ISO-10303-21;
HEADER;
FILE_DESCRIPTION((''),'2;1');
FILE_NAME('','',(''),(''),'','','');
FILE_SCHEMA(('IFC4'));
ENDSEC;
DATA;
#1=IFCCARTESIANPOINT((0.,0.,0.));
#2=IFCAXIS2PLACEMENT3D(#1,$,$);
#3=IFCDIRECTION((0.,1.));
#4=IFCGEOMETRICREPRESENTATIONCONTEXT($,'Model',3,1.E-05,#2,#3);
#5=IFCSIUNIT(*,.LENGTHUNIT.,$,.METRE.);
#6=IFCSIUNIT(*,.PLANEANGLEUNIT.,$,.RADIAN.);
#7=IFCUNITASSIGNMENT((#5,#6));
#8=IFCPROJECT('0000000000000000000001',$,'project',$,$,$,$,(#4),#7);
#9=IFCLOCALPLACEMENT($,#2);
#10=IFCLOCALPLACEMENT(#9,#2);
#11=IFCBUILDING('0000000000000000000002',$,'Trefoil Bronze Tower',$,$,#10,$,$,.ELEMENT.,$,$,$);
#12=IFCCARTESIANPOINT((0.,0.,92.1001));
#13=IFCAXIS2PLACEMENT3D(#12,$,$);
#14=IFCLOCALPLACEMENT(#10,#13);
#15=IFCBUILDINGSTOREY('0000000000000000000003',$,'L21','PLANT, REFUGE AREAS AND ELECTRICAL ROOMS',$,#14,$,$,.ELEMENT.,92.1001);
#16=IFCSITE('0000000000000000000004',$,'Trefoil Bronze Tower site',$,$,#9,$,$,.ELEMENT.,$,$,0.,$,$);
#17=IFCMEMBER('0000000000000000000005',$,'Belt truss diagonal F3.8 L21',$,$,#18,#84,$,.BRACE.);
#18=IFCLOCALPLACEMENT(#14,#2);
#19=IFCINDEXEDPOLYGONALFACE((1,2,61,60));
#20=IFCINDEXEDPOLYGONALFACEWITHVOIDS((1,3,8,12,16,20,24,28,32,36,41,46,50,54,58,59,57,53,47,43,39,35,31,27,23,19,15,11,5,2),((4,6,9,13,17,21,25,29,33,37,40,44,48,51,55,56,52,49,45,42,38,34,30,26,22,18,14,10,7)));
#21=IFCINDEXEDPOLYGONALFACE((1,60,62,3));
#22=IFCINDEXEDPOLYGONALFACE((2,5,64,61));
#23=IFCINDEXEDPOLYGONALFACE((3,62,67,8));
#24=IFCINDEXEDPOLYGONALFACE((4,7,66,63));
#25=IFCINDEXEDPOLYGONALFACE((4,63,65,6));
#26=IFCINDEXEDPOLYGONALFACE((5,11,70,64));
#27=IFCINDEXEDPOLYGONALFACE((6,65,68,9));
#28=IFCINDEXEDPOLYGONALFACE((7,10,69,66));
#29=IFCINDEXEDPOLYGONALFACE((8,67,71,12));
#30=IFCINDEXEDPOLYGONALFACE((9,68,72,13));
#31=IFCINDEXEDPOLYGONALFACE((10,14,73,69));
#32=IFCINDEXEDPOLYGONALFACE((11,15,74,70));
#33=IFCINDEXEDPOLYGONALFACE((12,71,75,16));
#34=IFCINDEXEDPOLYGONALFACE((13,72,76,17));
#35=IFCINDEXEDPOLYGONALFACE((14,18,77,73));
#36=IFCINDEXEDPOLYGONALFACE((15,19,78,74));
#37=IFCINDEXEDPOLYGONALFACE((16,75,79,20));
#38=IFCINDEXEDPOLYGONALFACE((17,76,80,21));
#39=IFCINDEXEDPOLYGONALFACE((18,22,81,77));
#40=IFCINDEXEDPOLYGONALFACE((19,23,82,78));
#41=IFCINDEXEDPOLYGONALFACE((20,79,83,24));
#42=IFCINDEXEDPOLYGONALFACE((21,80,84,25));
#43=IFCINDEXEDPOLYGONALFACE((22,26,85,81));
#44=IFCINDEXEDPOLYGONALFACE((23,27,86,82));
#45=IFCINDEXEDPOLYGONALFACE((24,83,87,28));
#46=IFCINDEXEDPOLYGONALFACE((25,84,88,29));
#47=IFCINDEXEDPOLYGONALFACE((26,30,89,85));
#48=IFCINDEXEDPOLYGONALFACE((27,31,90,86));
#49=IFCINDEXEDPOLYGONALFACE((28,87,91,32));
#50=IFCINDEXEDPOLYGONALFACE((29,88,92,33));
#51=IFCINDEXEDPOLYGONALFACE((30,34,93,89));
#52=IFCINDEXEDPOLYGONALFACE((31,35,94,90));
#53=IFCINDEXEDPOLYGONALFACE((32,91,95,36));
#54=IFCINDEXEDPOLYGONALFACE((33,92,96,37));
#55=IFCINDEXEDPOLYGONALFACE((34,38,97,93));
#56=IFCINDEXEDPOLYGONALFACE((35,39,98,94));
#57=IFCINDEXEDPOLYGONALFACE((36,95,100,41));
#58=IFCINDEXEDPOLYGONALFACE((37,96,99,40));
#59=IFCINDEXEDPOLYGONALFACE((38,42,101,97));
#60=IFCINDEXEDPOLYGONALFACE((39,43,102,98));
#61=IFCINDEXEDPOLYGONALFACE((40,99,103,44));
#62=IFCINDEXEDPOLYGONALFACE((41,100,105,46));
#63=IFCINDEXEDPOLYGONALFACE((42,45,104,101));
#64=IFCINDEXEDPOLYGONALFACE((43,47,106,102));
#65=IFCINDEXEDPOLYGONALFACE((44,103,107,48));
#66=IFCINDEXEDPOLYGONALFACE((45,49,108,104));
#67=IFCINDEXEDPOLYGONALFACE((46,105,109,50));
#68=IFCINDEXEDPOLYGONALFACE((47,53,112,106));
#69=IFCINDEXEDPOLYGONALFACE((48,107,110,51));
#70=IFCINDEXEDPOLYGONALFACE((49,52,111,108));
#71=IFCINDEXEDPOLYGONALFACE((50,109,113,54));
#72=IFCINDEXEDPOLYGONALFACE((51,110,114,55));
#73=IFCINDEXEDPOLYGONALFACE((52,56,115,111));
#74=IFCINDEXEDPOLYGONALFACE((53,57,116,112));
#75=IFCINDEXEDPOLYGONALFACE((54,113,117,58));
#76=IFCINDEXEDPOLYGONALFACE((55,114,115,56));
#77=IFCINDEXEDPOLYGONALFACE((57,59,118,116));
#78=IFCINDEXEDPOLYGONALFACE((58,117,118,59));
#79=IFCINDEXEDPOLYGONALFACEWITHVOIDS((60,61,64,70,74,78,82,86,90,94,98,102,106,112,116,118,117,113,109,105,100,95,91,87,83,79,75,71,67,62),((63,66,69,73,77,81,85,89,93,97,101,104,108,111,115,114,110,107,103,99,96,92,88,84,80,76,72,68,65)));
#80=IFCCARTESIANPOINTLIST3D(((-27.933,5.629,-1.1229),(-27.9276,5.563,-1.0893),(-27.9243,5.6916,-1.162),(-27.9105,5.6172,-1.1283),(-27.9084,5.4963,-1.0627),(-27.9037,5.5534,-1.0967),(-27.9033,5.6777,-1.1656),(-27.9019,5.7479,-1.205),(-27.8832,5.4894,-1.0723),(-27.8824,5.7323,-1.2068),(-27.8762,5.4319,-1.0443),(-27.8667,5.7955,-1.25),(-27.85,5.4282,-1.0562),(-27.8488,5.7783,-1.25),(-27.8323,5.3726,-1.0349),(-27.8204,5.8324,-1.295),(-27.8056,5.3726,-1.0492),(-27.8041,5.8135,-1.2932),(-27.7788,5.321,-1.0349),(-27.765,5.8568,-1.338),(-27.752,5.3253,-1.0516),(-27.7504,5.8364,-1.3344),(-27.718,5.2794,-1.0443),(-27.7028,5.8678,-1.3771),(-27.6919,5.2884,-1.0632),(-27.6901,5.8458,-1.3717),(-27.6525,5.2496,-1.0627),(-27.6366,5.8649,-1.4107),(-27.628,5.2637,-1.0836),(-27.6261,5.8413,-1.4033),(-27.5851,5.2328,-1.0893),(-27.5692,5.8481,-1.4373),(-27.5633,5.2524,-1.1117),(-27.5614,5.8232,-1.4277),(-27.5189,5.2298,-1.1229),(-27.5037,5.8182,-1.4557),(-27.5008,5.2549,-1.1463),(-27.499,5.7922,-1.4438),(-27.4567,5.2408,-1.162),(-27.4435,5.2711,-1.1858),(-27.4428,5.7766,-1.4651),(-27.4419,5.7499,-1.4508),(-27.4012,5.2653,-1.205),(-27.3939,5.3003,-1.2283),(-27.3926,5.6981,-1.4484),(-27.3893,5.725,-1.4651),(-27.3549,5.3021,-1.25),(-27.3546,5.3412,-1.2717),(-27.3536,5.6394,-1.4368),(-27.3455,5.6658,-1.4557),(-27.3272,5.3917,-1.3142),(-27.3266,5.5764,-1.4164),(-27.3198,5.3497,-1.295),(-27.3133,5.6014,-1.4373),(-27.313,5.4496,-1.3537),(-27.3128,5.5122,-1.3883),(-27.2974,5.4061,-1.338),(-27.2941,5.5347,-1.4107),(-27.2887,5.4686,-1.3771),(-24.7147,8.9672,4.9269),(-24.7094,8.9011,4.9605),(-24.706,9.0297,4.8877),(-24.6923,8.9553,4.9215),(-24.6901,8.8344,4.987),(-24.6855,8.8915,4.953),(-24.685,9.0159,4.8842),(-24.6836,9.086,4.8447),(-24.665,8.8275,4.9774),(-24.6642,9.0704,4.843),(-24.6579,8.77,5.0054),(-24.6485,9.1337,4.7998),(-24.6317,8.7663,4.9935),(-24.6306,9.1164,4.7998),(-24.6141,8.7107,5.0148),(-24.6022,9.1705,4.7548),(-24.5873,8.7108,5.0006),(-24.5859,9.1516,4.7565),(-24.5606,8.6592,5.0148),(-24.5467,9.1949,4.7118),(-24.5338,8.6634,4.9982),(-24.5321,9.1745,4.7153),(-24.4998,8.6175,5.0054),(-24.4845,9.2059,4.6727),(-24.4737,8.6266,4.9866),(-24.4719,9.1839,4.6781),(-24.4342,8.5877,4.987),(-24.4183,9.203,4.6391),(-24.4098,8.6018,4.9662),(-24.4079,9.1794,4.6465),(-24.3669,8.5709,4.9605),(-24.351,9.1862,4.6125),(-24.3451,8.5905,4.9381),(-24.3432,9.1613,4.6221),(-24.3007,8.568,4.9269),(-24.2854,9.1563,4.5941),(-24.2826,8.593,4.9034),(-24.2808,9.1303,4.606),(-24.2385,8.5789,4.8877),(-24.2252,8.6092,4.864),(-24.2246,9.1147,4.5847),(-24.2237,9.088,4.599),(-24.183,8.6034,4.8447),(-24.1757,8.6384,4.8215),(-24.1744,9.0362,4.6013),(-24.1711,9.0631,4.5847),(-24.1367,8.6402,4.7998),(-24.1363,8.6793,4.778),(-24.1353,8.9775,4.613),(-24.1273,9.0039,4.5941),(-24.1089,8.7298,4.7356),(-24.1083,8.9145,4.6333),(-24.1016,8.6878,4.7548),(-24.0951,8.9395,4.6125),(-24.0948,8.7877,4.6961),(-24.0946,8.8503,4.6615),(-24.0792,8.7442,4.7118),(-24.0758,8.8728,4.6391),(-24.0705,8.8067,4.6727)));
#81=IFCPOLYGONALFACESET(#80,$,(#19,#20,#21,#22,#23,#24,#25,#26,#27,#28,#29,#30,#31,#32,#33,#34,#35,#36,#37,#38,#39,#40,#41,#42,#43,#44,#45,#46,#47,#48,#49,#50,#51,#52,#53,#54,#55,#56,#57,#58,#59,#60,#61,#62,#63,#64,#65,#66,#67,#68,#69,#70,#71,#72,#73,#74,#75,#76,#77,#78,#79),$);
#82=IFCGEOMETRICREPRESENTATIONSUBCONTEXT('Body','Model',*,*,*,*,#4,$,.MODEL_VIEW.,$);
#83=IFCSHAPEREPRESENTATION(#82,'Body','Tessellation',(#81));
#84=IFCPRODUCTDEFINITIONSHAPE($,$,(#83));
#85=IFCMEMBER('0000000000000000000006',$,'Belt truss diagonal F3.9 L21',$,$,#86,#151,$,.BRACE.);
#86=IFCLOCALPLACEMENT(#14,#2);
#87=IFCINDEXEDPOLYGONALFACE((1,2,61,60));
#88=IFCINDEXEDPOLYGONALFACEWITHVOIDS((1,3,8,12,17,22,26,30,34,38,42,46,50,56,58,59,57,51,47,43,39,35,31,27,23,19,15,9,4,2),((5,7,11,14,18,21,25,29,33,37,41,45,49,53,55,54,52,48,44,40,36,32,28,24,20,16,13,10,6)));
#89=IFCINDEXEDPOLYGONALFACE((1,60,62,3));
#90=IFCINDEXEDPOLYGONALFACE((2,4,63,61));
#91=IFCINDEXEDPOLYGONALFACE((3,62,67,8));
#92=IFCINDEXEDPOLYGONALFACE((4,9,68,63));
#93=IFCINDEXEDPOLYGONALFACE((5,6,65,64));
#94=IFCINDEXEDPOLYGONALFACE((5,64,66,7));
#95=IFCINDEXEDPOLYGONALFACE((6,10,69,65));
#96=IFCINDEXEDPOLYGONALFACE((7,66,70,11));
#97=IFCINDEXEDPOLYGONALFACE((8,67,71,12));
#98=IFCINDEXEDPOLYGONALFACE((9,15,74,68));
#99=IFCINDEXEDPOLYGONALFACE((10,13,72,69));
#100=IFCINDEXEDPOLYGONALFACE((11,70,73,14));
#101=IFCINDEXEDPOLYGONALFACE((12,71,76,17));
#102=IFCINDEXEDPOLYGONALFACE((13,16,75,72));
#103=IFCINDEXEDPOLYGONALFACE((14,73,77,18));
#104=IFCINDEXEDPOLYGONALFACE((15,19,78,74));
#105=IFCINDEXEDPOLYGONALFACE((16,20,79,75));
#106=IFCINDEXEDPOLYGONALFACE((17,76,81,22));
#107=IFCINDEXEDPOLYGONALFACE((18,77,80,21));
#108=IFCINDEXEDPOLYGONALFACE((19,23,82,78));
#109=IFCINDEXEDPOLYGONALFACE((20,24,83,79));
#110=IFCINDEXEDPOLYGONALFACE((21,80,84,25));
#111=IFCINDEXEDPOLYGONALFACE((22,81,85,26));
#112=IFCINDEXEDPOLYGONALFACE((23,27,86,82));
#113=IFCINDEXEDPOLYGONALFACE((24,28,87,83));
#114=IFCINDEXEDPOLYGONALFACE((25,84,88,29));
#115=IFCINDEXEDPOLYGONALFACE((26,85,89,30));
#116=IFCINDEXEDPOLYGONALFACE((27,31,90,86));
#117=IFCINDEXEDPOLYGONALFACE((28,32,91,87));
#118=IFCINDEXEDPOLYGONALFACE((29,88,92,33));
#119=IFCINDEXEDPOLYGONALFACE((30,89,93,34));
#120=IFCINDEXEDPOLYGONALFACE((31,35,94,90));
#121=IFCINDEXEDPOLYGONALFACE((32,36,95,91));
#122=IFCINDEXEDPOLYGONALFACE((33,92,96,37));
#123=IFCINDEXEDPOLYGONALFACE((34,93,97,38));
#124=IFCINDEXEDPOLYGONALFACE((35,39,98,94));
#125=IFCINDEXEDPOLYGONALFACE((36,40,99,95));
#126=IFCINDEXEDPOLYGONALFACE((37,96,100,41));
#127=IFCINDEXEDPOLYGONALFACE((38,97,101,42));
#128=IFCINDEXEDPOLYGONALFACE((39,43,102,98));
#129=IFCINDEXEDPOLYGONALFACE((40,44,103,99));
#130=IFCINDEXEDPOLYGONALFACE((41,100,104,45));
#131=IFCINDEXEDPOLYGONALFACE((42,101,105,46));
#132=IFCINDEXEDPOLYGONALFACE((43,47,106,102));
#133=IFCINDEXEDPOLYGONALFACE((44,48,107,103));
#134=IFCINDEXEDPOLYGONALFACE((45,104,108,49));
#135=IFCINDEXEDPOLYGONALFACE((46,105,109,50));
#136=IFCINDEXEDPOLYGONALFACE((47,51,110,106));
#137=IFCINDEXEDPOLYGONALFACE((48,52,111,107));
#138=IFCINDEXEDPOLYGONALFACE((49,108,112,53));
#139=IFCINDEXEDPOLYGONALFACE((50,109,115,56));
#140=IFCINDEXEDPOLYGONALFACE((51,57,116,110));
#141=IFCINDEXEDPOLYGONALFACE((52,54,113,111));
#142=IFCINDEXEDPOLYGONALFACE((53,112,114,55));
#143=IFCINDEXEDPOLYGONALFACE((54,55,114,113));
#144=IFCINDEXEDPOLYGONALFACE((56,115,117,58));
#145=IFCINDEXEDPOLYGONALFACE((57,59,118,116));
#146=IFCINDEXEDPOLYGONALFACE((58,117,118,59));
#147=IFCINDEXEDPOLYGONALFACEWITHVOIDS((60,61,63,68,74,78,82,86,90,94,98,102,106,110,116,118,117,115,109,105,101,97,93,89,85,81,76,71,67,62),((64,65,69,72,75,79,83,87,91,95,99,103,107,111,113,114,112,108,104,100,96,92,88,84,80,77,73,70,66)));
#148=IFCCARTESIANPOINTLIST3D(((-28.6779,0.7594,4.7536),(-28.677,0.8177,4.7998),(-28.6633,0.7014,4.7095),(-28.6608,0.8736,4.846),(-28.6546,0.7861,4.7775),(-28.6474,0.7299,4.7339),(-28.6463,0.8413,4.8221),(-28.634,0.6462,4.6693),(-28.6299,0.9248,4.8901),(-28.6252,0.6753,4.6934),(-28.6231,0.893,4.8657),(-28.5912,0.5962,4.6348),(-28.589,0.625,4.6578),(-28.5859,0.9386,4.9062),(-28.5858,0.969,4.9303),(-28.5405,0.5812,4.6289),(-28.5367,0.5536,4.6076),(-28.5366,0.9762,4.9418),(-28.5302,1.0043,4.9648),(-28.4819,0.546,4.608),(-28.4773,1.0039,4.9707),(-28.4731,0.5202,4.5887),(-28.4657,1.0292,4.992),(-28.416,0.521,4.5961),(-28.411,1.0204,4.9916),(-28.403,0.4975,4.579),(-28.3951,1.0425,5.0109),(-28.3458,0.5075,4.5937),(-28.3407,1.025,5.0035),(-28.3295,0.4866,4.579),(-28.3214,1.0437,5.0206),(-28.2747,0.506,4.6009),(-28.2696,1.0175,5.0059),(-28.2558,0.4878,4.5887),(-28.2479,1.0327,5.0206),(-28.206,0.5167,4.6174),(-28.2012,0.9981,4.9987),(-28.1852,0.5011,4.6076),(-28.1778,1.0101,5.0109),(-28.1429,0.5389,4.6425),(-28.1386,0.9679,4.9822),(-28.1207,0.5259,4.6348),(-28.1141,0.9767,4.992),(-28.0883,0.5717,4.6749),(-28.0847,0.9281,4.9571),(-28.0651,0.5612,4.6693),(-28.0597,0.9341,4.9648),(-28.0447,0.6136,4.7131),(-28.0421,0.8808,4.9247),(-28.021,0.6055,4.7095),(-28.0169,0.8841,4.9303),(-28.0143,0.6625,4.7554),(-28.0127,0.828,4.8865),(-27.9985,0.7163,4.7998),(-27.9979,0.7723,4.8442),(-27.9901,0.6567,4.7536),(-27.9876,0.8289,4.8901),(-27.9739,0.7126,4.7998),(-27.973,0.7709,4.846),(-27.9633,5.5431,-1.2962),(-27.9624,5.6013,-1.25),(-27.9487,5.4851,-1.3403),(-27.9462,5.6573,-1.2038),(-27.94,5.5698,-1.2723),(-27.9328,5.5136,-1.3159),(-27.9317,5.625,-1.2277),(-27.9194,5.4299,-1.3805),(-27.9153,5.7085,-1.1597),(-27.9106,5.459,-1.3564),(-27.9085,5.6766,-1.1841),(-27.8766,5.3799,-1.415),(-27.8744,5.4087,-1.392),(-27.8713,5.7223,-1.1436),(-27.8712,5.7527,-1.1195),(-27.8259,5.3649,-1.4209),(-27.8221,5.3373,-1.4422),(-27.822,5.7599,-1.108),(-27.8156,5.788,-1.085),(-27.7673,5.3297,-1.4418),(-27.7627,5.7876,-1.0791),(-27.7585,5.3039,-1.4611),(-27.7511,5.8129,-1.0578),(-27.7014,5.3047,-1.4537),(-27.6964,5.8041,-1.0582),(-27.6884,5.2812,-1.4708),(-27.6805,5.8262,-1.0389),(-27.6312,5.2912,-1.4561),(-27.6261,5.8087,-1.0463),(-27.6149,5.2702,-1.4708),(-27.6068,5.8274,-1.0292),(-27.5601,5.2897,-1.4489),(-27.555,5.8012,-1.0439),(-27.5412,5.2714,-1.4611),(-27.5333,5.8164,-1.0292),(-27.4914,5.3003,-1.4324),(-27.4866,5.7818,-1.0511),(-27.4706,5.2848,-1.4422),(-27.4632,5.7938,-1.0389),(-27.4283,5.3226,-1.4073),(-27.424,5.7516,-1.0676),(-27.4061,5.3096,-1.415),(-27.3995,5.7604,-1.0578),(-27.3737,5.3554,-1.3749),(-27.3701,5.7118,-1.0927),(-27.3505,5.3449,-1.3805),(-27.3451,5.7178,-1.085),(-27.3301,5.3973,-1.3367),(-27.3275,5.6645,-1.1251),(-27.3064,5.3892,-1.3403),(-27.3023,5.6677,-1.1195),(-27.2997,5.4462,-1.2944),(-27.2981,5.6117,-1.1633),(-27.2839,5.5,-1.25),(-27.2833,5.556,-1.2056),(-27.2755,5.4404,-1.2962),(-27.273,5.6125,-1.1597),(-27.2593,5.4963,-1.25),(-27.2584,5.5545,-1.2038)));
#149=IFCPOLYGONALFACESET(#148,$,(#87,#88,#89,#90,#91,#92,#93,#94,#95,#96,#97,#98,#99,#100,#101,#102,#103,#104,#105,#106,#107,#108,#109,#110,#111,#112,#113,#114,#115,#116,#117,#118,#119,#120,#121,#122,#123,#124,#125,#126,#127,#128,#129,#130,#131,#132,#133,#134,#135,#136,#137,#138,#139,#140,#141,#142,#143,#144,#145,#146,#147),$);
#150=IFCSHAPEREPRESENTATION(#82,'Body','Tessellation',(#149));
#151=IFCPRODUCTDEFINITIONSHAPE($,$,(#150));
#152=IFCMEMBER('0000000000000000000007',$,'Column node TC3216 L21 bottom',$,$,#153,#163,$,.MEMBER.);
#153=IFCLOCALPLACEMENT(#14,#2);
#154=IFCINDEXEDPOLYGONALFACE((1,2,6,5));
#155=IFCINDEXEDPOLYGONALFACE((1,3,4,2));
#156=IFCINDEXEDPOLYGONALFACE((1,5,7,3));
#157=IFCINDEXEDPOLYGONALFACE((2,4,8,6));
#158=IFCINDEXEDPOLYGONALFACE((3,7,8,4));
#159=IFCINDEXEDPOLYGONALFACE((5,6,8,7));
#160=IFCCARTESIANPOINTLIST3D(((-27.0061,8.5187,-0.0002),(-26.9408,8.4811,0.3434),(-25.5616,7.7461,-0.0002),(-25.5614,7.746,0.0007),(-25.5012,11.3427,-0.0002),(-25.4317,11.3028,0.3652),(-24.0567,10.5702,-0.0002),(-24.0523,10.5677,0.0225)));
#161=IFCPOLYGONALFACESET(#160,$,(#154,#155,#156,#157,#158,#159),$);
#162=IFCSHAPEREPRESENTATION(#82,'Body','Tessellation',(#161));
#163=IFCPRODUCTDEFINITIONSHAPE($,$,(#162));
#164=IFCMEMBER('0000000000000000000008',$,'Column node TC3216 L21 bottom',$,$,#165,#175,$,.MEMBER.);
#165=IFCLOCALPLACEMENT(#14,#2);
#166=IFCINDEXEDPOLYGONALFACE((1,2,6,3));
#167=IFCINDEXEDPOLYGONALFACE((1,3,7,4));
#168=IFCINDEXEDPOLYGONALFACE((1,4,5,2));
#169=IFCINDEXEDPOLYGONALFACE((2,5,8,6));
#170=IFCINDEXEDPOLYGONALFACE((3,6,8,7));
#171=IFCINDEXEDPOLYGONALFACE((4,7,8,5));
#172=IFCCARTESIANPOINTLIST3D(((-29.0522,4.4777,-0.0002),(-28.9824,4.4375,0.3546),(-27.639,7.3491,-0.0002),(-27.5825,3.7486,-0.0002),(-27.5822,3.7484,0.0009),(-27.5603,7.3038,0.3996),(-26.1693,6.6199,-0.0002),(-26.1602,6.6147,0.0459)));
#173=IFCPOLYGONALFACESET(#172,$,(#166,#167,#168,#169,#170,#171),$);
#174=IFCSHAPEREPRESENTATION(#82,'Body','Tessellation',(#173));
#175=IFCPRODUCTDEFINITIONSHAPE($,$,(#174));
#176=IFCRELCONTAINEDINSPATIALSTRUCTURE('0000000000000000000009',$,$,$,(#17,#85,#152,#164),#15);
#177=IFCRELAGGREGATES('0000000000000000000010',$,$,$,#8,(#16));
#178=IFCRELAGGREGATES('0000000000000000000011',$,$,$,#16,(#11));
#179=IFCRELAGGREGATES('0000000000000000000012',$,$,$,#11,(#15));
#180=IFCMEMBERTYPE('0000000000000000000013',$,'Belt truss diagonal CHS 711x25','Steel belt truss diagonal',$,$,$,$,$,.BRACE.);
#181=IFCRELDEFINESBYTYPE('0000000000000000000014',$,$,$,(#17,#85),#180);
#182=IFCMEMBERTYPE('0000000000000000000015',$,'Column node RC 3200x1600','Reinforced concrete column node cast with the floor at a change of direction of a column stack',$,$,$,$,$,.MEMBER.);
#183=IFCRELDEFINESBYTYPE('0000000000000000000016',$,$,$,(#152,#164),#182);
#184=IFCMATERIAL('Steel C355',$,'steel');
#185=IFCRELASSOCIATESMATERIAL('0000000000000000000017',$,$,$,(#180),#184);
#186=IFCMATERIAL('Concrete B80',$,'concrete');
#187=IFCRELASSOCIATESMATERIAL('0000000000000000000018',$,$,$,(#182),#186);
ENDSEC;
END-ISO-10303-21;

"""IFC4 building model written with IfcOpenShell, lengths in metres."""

from ifc_helpers import new_model, si_unit, direction, frame, origin, origin_2d, place, context, subcontext, project, spatial, rectangle, hollow_circle, extrude, clip, halfspace, material, material_profile, profile_set, type_object, element, save


model = new_model("IFC4")

# Units and contexts
model_context = context("Model", 3, precision=1e-05, world=origin(), true_north=direction((0.0, 1.0)))
body_context = subcontext(model_context, "Body", "Model", "MODEL_VIEW")
ifc_project = project(units=[si_unit("LENGTHUNIT", "METRE"), si_unit("PLANEANGLEUNIT", "RADIAN")], contexts=[model_context])

# Site, building, storey
site_placement = place(None, origin())
site = spatial("IfcSite", under=ifc_project, at=site_placement, Name="Trefoil Bronze Tower site", CompositionType="ELEMENT", RefElevation=0.0)
building_placement = place(site_placement, origin())
building = spatial("IfcBuilding", under=site, at=building_placement, Name="Trefoil Bronze Tower", CompositionType="ELEMENT")
storey_placement = place(building_placement, frame((0.0, 0.0, 92.1001)))
storey = spatial("IfcBuildingStorey", under=building, at=storey_placement, Name="L21", Description="PLANT, REFUGE AREAS AND ELECTRICAL ROOMS", CompositionType="ELEMENT", Elevation=92.1001)

# Members
ifc_material_1 = material(Name="Steel C355", Category="steel")
ifc_material_profile_1 = material_profile(ifc_material_1, hollow_circle(Radius=0.3555, WallThickness=0.0249, at=origin_2d()), Name="CHS 711x25")
ifc_profile_set_1 = profile_set([ifc_material_profile_1], Name="Steel C355")
member_type_1 = type_object("IfcMemberType", Name="Belt truss diagonal CHS 711x25", Description="Steel belt truss diagonal", PredefinedType="BRACE", material=ifc_profile_set_1)
member_1_placement = place(storey_placement, frame((-27.6108, 5.5488, -1.25), z_axis=(0.422213, 0.437939, 0.793691), x_axis=(-0.719915, 0.694062, 0.0)))
element("IfcMember", 1, at=member_1_placement, inside=storey, type_object=member_type_1, Name="Belt truss diagonal F3.8 L21", PredefinedType="BRACE", context=body_context, shape_type="SweptSolid", body=[
    extrude(hollow_circle(Radius=0.3555, WallThickness=0.0249, at=origin_2d()), origin(), (0.0, 0.0, 1.0), 7.6223),
])
member_2_placement = place(storey_placement, frame((-27.6108, 5.5488, -1.25), z_axis=(-0.092259, -0.6176, 0.781062), x_axis=(0.989026, -0.147743, 0.0)))
element("IfcMember", 2, at=member_2_placement, inside=storey, type_object=member_type_1, Name="Belt truss diagonal F3.9 L21", PredefinedType="BRACE", context=body_context, shape_type="SweptSolid", body=[
    extrude(hollow_circle(Radius=0.3555, WallThickness=0.0249, at=origin_2d()), origin(), (0.0, 0.0, 1.0), 7.7456),
])
ifc_material_2 = material(Name="Concrete B80", Category="concrete")
ifc_material_profile_2 = material_profile(ifc_material_2, rectangle(XDim=3.2, YDim=1.6001, at=origin_2d()), Name="RC 3200x1600")
ifc_profile_set_2 = profile_set([ifc_material_profile_2], Name="Concrete B80")
member_type_2 = type_object("IfcMemberType", Name="Column node RC 3200x1600", Description="Reinforced concrete column node cast with the floor at a change of direction of a column stack", PredefinedType="MEMBER", material=ifc_profile_set_2)
member_3_placement = place(storey_placement, frame((-25.5662, 9.5645, -0.1831), z_axis=(0.185711, -0.106865, 0.976776), x_axis=(-0.471598, -0.881787, -0.00681)))
element("IfcMember", 3, at=member_3_placement, inside=storey, type_object=member_type_2, Name="Column node TC3216 L21 bottom", PredefinedType="MEMBER", context=body_context, shape_type="Clipping", body=[
    clip(extrude(rectangle(XDim=3.2, YDim=1.6001, at=origin_2d()), origin(), (0.0, 0.0, 1.0), 0.3748), halfspace(frame((0.0, 0.0, 0.1873), z_axis=(-0.00681, -0.214155, 0.976776), x_axis=(0.0, 0.976799, 0.21416)), True)),
])
member_4_placement = place(storey_placement, frame((-27.6501, 5.5715, -0.2004), z_axis=(0.191942, -0.11053, 0.975162), x_axis=(-0.444391, -0.895722, -0.014056)))
element("IfcMember", 4, at=member_4_placement, inside=storey, type_object=member_type_2, Name="Column node TC3216 L21 bottom", PredefinedType="MEMBER", context=body_context, shape_type="Clipping", body=[
    clip(extrude(rectangle(XDim=3.2, YDim=1.6001, at=origin_2d()), origin(), (0.0, 0.0, 1.0), 0.4109), halfspace(frame((0.0, 0.0, 0.2053), z_axis=(-0.014056, -0.221046, 0.975162), x_axis=(0.0, 0.975258, 0.221068)), True)),
])

save(model, "model.ifc")
